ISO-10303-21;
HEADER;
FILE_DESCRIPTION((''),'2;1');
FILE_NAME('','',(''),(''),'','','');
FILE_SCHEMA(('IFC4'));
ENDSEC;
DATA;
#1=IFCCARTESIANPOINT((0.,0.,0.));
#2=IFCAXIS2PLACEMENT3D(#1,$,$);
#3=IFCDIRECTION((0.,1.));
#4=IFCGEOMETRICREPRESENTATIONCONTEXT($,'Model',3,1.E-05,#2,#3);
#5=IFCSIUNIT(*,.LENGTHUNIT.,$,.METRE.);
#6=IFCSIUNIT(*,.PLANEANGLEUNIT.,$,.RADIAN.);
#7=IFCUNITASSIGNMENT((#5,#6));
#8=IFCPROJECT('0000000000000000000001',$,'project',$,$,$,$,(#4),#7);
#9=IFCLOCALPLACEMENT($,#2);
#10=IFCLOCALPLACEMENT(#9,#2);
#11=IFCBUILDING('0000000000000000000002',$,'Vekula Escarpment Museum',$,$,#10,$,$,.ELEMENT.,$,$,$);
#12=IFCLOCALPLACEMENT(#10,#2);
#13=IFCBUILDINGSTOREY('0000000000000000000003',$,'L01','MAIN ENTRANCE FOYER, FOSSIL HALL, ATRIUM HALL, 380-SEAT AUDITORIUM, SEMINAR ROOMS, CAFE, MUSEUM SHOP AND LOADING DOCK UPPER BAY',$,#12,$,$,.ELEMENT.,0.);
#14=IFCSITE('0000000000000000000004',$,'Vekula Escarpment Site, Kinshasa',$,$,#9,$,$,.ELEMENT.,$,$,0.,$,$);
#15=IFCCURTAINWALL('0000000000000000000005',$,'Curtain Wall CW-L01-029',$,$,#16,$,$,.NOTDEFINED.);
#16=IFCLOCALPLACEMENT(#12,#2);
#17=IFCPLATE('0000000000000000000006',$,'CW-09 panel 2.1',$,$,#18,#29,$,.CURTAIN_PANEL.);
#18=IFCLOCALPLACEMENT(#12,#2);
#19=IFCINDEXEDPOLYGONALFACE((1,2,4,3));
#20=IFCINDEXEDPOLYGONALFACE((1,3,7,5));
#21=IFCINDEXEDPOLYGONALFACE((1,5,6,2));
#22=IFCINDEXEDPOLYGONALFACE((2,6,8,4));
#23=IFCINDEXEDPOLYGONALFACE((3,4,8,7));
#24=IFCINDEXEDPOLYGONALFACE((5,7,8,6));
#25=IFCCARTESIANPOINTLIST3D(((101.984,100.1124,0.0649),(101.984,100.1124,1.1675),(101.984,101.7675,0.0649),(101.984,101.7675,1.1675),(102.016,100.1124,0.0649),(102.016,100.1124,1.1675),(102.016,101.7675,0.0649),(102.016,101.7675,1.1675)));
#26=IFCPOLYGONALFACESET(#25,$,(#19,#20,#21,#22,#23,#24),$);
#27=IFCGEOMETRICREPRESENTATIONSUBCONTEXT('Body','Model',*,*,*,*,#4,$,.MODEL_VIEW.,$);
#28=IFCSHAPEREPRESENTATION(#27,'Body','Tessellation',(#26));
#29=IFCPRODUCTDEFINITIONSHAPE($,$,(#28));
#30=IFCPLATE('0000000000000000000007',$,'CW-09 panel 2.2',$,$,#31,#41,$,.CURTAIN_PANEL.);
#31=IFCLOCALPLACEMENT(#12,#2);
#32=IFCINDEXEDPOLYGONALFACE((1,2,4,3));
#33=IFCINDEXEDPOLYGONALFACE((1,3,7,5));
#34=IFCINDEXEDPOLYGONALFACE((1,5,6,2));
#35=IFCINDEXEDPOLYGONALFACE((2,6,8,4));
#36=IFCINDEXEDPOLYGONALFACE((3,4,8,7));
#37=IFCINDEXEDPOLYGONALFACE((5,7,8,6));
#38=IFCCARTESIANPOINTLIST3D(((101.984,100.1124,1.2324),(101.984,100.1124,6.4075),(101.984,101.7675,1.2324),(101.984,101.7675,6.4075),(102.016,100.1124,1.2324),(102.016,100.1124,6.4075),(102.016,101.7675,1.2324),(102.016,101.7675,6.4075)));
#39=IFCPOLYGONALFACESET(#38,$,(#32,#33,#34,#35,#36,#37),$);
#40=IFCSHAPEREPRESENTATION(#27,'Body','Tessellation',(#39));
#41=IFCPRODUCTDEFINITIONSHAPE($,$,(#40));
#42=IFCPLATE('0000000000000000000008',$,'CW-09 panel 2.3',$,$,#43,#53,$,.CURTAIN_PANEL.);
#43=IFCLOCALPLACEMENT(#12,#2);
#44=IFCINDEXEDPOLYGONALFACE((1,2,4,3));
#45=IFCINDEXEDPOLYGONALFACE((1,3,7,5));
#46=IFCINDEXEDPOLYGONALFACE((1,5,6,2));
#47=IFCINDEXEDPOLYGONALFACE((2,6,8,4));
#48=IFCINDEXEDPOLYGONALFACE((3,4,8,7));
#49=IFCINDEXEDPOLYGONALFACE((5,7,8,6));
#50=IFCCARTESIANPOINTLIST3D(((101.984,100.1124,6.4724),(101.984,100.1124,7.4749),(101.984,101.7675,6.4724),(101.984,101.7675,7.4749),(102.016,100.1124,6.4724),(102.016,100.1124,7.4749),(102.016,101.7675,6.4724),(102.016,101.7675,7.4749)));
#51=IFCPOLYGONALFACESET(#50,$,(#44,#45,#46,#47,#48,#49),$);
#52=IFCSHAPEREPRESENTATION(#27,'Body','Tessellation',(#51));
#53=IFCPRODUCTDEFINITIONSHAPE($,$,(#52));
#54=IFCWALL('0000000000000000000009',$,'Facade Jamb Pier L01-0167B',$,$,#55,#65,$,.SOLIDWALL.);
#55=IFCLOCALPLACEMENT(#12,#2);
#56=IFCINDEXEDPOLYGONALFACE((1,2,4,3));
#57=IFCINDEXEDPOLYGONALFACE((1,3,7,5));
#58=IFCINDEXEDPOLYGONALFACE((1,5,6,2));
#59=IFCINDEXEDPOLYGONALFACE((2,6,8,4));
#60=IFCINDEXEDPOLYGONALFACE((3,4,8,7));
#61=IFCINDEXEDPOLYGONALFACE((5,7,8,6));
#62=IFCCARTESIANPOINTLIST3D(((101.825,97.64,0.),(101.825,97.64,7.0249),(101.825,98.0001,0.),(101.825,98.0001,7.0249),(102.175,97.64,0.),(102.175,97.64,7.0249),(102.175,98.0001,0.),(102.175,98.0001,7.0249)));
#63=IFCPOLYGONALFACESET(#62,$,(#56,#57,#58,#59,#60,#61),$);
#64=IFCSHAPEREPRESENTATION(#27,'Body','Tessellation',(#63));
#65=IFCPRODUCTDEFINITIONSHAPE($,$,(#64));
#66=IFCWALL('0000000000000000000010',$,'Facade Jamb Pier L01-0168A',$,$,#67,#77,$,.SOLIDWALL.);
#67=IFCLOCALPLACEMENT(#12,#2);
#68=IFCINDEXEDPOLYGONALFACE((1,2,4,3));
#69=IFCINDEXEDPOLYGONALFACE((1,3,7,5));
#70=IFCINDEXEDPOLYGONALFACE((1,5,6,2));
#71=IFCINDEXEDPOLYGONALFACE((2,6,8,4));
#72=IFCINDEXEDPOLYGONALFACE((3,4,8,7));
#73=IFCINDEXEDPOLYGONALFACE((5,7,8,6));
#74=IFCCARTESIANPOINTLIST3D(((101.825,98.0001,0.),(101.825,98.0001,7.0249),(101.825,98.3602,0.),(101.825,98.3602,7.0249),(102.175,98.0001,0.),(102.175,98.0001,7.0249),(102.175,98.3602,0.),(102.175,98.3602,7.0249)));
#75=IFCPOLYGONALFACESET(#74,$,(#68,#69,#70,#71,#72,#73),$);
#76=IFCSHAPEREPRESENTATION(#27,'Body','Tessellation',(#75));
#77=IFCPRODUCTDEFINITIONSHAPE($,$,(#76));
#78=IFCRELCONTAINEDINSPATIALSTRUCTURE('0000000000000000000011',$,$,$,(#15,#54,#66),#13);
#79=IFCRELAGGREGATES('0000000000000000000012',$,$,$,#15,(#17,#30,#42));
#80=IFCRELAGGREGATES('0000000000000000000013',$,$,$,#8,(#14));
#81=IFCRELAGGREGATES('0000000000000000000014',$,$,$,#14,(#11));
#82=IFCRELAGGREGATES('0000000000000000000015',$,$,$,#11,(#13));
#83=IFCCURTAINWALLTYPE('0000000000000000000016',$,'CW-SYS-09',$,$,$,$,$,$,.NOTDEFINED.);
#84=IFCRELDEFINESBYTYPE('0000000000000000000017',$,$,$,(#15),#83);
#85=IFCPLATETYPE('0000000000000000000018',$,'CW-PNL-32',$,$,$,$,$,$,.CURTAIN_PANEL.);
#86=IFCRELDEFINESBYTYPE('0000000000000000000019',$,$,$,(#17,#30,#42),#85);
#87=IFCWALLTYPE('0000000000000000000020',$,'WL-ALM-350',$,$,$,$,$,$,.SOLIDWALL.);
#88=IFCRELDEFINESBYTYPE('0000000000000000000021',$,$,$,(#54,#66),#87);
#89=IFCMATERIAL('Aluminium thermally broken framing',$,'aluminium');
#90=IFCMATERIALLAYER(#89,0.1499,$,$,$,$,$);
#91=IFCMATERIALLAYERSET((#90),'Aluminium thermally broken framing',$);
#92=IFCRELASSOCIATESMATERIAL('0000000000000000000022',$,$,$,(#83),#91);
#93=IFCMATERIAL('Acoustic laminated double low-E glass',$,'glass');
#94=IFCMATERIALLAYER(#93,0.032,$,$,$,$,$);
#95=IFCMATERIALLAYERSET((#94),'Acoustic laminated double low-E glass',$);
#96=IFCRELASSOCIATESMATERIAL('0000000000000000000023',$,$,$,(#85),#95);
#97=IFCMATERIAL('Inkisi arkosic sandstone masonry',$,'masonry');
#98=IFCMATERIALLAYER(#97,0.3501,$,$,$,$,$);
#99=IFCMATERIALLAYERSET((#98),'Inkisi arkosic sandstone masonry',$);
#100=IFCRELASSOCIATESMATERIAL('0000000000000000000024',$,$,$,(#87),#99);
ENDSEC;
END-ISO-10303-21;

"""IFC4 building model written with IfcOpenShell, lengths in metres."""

from ifc_helpers import new_model, si_unit, direction, frame, frame_2d, origin, origin_2d, place, context, subcontext, project, spatial, rectangle, extrude, material, layer, layer_set, type_object, element, aggregate, save


model = new_model("IFC4")

# Units and contexts
model_context = context("Model", 3, precision=1e-05, world=origin(), true_north=direction((0.0, 1.0)))
body_context = subcontext(model_context, "Body", "Model", "MODEL_VIEW")
ifc_project = project(units=[si_unit("LENGTHUNIT", "METRE"), si_unit("PLANEANGLEUNIT", "RADIAN")], contexts=[model_context])

# Site, building, storey
site_placement = place(None, origin())
site = spatial("IfcSite", under=ifc_project, at=site_placement, Name="Vekula Escarpment Site, Kinshasa", CompositionType="ELEMENT", RefElevation=0.0)
building_placement = place(site_placement, origin())
building = spatial("IfcBuilding", under=site, at=building_placement, Name="Vekula Escarpment Museum", CompositionType="ELEMENT")
storey_placement = place(building_placement, origin())
storey = spatial("IfcBuildingStorey", under=building, at=storey_placement, Name="L01", Description="MAIN ENTRANCE FOYER, FOSSIL HALL, ATRIUM HALL, 380-SEAT AUDITORIUM, SEMINAR ROOMS, CAFE, MUSEUM SHOP AND LOADING DOCK UPPER BAY", CompositionType="ELEMENT", Elevation=0.0)

# Curtain wall
ifc_material_1 = material(Name="Aluminium thermally broken framing", Category="aluminium")
ifc_layer_1 = layer(ifc_material_1, 0.1499)
ifc_layer_set_1 = layer_set([ifc_layer_1], Name="Aluminium thermally broken framing")
curtain_wall_type_1 = type_object("IfcCurtainWallType", Name="CW-SYS-09", PredefinedType="NOTDEFINED", material=ifc_layer_set_1)
curtain_wall_1_placement = place(storey_placement, origin())
curtain_wall_1 = element("IfcCurtainWall", 1, at=curtain_wall_1_placement, inside=storey, type_object=curtain_wall_type_1, Name="Curtain Wall CW-L01-029", PredefinedType="NOTDEFINED")

# Plates
ifc_material_2 = material(Name="Acoustic laminated double low-E glass", Category="glass")
ifc_layer_2 = layer(ifc_material_2, 0.032)
ifc_layer_set_2 = layer_set([ifc_layer_2], Name="Acoustic laminated double low-E glass")
plate_type_1 = type_object("IfcPlateType", Name="CW-PNL-32", PredefinedType="CURTAIN_PANEL", material=ifc_layer_set_2)
plate_1_placement = place(storey_placement, frame((102.0, 100.9399, 0.0649), z_axis=(0.0, 0.0, 1.0), x_axis=(0.0, 1.0, 0.0)))
plate_1 = element("IfcPlate", 2, at=plate_1_placement, type_object=plate_type_1, Name="CW-09 panel 2.1", PredefinedType="CURTAIN_PANEL", context=body_context, shape_type="SweptSolid", body=[
    extrude(rectangle(XDim=1.655, YDim=0.032, at=origin_2d()), origin(), (0.0, 0.0, 1.0), 1.1025),
])
plate_2_placement = place(storey_placement, frame((102.0, 100.9399, 1.2324), z_axis=(0.0, 0.0, 1.0), x_axis=(0.0, 1.0, 0.0)))
plate_2 = element("IfcPlate", 3, at=plate_2_placement, type_object=plate_type_1, Name="CW-09 panel 2.2", PredefinedType="CURTAIN_PANEL", context=body_context, shape_type="SweptSolid", body=[
    extrude(rectangle(XDim=1.655, YDim=0.032, at=origin_2d()), origin(), (0.0, 0.0, 1.0), 5.175),
])
plate_3_placement = place(storey_placement, frame((102.0, 100.9399, 6.4724), z_axis=(0.0, 0.0, 1.0), x_axis=(0.0, 1.0, 0.0)))
plate_3 = element("IfcPlate", 4, at=plate_3_placement, type_object=plate_type_1, Name="CW-09 panel 2.3", PredefinedType="CURTAIN_PANEL", context=body_context, shape_type="SweptSolid", body=[
    extrude(rectangle(XDim=1.655, YDim=0.032, at=origin_2d()), origin(), (0.0, 0.0, 1.0), 1.0024),
])
aggregate(curtain_wall_1, [plate_1, plate_2, plate_3])

# Walls
ifc_material_3 = material(Name="Inkisi arkosic sandstone masonry", Category="masonry")
ifc_layer_3 = layer(ifc_material_3, 0.3501)
ifc_layer_set_3 = layer_set([ifc_layer_3], Name="Inkisi arkosic sandstone masonry")
wall_type = type_object("IfcWallType", Name="WL-ALM-350", PredefinedType="SOLIDWALL", material=ifc_layer_set_3)
for number, where, z_axis, x_axis, name in (
    (5, (102.0, 97.6399, 0.0), (0.0, 0.0, 1.0), (0.0, 1.0, 0.0), "Facade Jamb Pier L01-0167B"),
    (6, (102.0, 98.0, 0.0), (0.0, 0.0, 1.0), (0.0, 1.0, 0.0), "Facade Jamb Pier L01-0168A"),
):
    element("IfcWall", number, at=place(storey_placement, frame(where, z_axis=z_axis, x_axis=x_axis)), inside=storey, type_object=wall_type, Name=name, PredefinedType="SOLIDWALL", context=body_context, shape_type="SweptSolid", body=[
        extrude(rectangle(XDim=0.3601, YDim=0.3501, at=frame_2d((0.1802, 0.0))), origin(), (0.0, 0.0, 1.0), 7.0249),
    ])

save(model, "model.ifc")
